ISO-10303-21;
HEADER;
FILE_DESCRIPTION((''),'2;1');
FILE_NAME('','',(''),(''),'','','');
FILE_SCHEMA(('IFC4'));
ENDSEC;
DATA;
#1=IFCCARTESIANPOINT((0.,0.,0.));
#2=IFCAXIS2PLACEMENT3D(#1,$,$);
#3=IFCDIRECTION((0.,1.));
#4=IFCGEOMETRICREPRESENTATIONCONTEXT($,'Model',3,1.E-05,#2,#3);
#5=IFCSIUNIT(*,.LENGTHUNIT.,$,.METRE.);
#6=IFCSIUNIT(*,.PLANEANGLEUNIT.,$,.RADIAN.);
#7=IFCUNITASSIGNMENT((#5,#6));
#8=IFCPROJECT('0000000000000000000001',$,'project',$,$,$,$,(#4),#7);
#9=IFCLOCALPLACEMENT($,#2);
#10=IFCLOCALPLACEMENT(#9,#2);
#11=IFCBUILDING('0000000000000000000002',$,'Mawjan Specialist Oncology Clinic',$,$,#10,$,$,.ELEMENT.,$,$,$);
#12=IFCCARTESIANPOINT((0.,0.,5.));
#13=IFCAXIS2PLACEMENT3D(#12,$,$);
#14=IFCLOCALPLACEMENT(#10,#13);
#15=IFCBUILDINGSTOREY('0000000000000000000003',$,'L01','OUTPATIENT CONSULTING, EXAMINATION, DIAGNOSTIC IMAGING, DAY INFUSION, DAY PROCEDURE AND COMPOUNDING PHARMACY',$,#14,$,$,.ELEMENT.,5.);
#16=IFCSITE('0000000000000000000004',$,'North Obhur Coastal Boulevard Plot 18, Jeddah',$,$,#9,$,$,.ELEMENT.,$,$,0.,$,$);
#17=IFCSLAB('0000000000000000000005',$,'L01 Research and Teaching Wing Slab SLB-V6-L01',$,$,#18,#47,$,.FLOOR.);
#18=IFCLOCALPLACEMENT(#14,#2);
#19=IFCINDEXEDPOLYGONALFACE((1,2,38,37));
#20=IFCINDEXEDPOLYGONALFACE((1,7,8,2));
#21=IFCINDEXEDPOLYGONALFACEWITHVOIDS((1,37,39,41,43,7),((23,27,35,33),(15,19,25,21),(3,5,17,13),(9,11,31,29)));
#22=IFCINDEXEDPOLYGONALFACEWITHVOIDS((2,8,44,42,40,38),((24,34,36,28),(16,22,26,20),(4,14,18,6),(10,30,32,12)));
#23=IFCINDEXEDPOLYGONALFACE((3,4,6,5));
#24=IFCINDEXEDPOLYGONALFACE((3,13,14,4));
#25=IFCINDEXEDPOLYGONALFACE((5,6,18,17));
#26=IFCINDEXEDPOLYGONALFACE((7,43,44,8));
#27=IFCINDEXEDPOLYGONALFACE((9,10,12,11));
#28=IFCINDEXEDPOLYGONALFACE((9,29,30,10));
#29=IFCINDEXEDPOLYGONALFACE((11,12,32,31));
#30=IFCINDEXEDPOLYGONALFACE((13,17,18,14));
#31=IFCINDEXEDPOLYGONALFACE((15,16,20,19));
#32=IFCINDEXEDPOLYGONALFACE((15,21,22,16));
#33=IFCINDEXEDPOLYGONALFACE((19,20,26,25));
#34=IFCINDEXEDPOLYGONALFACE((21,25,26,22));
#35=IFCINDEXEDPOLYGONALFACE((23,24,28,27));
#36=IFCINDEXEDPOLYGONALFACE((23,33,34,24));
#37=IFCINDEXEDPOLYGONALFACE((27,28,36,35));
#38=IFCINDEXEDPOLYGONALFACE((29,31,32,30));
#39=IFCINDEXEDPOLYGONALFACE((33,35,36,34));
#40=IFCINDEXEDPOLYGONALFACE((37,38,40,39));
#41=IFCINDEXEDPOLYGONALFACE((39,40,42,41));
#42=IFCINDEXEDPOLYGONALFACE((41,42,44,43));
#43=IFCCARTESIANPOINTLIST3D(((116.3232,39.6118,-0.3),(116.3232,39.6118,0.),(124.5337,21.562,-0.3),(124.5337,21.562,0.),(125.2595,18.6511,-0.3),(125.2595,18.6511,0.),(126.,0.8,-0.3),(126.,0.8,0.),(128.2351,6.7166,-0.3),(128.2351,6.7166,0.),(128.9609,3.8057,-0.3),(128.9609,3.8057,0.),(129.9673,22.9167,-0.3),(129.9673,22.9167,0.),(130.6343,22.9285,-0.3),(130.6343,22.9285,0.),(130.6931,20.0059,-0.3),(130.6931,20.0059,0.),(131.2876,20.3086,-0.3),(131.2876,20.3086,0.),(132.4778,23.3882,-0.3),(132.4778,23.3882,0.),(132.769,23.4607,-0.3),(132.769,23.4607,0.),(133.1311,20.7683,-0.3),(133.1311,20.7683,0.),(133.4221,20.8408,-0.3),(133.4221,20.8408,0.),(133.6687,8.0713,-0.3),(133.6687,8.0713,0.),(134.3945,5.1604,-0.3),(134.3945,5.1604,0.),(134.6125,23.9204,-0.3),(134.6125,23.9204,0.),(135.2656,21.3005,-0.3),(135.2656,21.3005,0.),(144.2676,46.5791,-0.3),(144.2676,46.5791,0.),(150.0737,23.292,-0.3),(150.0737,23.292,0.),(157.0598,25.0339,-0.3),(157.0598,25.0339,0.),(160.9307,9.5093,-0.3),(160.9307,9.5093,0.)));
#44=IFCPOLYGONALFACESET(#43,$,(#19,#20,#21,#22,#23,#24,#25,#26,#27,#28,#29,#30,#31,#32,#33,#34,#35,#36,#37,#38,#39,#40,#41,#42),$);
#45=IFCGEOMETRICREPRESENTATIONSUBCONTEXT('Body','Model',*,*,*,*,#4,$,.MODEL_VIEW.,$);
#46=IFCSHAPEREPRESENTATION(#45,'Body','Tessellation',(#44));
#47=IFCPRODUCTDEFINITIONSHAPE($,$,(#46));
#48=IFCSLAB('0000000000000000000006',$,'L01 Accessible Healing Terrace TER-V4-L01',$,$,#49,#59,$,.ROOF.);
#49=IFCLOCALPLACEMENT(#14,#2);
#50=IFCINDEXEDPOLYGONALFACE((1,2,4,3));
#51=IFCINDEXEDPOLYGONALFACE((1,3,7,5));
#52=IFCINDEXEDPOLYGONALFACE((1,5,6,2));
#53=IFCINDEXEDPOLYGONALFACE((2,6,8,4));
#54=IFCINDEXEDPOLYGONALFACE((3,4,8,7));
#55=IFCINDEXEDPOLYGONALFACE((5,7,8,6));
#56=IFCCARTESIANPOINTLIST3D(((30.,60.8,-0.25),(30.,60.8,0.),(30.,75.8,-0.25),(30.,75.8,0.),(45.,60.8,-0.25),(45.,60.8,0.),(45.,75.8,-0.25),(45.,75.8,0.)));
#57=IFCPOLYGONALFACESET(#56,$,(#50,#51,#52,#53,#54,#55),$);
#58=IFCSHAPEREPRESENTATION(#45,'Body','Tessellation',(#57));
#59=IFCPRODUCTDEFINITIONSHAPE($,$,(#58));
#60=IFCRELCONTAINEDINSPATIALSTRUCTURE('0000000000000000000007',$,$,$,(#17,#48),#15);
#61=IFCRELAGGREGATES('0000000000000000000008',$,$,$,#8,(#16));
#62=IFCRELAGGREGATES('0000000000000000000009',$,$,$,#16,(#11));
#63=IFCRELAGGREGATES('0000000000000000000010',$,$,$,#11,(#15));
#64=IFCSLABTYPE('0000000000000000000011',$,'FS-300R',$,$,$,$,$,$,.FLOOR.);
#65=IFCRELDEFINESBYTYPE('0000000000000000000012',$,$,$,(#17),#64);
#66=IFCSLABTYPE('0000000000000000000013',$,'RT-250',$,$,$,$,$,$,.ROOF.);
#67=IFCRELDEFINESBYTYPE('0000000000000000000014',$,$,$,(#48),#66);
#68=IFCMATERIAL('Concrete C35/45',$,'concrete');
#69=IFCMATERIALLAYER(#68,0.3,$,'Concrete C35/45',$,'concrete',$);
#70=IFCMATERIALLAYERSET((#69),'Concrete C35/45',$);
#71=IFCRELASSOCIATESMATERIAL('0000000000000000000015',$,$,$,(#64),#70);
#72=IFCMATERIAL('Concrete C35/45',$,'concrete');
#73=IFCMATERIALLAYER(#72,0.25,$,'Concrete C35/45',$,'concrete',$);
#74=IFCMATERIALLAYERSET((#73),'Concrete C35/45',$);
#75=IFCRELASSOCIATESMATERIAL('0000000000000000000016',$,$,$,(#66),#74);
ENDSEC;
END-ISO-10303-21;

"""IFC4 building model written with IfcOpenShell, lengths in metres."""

from ifc_helpers import new_model, si_unit, direction, frame, origin, place, context, subcontext, project, spatial, polyline, outline, extrude, material, layer, layer_set, type_object, element, save


model = new_model("IFC4")

# Units and contexts
model_context = context("Model", 3, precision=1e-05, world=origin(), true_north=direction((0.0, 1.0)))
body_context = subcontext(model_context, "Body", "Model", "MODEL_VIEW")
ifc_project = project(units=[si_unit("LENGTHUNIT", "METRE"), si_unit("PLANEANGLEUNIT", "RADIAN")], contexts=[model_context])

# Site, building, storey
site_placement = place(None, origin())
site = spatial("IfcSite", under=ifc_project, at=site_placement, Name="North Obhur Coastal Boulevard Plot 18, Jeddah", CompositionType="ELEMENT", RefElevation=0.0)
building_placement = place(site_placement, origin())
building = spatial("IfcBuilding", under=site, at=building_placement, Name="Mawjan Specialist Oncology Clinic", CompositionType="ELEMENT")
storey_placement = place(building_placement, frame((0.0, 0.0, 5.0)))
storey = spatial("IfcBuildingStorey", under=building, at=storey_placement, Name="L01", Description="OUTPATIENT CONSULTING, EXAMINATION, DIAGNOSTIC IMAGING, DAY INFUSION, DAY PROCEDURE AND COMPOUNDING PHARMACY", CompositionType="ELEMENT", Elevation=5.0)

# Slabs
ifc_material_1 = material(Name="Concrete C35/45", Category="concrete")
ifc_layer_1 = layer(ifc_material_1, 0.3, Name="Concrete C35/45", Category="concrete")
ifc_layer_set_1 = layer_set([ifc_layer_1], Name="Concrete C35/45")
slab_type_1 = type_object("IfcSlabType", Name="FS-300R", PredefinedType="FLOOR", material=ifc_layer_set_1)
slab_1_placement = place(storey_placement, frame((0.0, 0.0, -0.3)))
element("IfcSlab", 1, at=slab_1_placement, inside=storey, type_object=slab_type_1, Name="L01 Research and Teaching Wing Slab SLB-V6-L01", PredefinedType="FLOOR", context=body_context, shape_type="SweptSolid", body=[
    extrude(outline(polyline([(126.0, 0.8), (160.9307, 9.5093), (157.0598, 25.0339), (150.0737, 23.292), (144.2676, 46.5791), (116.3232, 39.6118), (126.0, 0.8)]), holes=[polyline([(125.2595, 18.6511), (130.6931, 20.0059), (129.9673, 22.9167), (124.5337, 21.562), (125.2595, 18.6511)]), polyline([(131.2876, 20.3086), (133.1311, 20.7683), (132.4778, 23.3882), (130.6343, 22.9285), (131.2876, 20.3086)]), polyline([(133.4221, 20.8408), (135.2656, 21.3005), (134.6125, 23.9204), (132.769, 23.4607), (133.4221, 20.8408)]), polyline([(128.9609, 3.8057), (134.3945, 5.1604), (133.6687, 8.0713), (128.2351, 6.7166), (128.9609, 3.8057)])]), origin(), (0.0, 0.0, 1.0), 0.3),
])
ifc_material_2 = material(Name="Concrete C35/45", Category="concrete")
ifc_layer_2 = layer(ifc_material_2, 0.25, Name="Concrete C35/45", Category="concrete")
ifc_layer_set_2 = layer_set([ifc_layer_2], Name="Concrete C35/45")
slab_type_2 = type_object("IfcSlabType", Name="RT-250", PredefinedType="ROOF", material=ifc_layer_set_2)
slab_2_placement = place(storey_placement, frame((0.0, 0.0, -0.25)))
element("IfcSlab", 2, at=slab_2_placement, inside=storey, type_object=slab_type_2, Name="L01 Accessible Healing Terrace TER-V4-L01", PredefinedType="ROOF", context=body_context, shape_type="SweptSolid", body=[
    extrude(outline(polyline([(30.0, 60.8), (45.0, 60.8), (45.0, 75.8), (30.0, 75.8), (30.0, 60.8)])), origin(), (0.0, 0.0, 1.0), 0.25),
])

save(model, "model.ifc")
